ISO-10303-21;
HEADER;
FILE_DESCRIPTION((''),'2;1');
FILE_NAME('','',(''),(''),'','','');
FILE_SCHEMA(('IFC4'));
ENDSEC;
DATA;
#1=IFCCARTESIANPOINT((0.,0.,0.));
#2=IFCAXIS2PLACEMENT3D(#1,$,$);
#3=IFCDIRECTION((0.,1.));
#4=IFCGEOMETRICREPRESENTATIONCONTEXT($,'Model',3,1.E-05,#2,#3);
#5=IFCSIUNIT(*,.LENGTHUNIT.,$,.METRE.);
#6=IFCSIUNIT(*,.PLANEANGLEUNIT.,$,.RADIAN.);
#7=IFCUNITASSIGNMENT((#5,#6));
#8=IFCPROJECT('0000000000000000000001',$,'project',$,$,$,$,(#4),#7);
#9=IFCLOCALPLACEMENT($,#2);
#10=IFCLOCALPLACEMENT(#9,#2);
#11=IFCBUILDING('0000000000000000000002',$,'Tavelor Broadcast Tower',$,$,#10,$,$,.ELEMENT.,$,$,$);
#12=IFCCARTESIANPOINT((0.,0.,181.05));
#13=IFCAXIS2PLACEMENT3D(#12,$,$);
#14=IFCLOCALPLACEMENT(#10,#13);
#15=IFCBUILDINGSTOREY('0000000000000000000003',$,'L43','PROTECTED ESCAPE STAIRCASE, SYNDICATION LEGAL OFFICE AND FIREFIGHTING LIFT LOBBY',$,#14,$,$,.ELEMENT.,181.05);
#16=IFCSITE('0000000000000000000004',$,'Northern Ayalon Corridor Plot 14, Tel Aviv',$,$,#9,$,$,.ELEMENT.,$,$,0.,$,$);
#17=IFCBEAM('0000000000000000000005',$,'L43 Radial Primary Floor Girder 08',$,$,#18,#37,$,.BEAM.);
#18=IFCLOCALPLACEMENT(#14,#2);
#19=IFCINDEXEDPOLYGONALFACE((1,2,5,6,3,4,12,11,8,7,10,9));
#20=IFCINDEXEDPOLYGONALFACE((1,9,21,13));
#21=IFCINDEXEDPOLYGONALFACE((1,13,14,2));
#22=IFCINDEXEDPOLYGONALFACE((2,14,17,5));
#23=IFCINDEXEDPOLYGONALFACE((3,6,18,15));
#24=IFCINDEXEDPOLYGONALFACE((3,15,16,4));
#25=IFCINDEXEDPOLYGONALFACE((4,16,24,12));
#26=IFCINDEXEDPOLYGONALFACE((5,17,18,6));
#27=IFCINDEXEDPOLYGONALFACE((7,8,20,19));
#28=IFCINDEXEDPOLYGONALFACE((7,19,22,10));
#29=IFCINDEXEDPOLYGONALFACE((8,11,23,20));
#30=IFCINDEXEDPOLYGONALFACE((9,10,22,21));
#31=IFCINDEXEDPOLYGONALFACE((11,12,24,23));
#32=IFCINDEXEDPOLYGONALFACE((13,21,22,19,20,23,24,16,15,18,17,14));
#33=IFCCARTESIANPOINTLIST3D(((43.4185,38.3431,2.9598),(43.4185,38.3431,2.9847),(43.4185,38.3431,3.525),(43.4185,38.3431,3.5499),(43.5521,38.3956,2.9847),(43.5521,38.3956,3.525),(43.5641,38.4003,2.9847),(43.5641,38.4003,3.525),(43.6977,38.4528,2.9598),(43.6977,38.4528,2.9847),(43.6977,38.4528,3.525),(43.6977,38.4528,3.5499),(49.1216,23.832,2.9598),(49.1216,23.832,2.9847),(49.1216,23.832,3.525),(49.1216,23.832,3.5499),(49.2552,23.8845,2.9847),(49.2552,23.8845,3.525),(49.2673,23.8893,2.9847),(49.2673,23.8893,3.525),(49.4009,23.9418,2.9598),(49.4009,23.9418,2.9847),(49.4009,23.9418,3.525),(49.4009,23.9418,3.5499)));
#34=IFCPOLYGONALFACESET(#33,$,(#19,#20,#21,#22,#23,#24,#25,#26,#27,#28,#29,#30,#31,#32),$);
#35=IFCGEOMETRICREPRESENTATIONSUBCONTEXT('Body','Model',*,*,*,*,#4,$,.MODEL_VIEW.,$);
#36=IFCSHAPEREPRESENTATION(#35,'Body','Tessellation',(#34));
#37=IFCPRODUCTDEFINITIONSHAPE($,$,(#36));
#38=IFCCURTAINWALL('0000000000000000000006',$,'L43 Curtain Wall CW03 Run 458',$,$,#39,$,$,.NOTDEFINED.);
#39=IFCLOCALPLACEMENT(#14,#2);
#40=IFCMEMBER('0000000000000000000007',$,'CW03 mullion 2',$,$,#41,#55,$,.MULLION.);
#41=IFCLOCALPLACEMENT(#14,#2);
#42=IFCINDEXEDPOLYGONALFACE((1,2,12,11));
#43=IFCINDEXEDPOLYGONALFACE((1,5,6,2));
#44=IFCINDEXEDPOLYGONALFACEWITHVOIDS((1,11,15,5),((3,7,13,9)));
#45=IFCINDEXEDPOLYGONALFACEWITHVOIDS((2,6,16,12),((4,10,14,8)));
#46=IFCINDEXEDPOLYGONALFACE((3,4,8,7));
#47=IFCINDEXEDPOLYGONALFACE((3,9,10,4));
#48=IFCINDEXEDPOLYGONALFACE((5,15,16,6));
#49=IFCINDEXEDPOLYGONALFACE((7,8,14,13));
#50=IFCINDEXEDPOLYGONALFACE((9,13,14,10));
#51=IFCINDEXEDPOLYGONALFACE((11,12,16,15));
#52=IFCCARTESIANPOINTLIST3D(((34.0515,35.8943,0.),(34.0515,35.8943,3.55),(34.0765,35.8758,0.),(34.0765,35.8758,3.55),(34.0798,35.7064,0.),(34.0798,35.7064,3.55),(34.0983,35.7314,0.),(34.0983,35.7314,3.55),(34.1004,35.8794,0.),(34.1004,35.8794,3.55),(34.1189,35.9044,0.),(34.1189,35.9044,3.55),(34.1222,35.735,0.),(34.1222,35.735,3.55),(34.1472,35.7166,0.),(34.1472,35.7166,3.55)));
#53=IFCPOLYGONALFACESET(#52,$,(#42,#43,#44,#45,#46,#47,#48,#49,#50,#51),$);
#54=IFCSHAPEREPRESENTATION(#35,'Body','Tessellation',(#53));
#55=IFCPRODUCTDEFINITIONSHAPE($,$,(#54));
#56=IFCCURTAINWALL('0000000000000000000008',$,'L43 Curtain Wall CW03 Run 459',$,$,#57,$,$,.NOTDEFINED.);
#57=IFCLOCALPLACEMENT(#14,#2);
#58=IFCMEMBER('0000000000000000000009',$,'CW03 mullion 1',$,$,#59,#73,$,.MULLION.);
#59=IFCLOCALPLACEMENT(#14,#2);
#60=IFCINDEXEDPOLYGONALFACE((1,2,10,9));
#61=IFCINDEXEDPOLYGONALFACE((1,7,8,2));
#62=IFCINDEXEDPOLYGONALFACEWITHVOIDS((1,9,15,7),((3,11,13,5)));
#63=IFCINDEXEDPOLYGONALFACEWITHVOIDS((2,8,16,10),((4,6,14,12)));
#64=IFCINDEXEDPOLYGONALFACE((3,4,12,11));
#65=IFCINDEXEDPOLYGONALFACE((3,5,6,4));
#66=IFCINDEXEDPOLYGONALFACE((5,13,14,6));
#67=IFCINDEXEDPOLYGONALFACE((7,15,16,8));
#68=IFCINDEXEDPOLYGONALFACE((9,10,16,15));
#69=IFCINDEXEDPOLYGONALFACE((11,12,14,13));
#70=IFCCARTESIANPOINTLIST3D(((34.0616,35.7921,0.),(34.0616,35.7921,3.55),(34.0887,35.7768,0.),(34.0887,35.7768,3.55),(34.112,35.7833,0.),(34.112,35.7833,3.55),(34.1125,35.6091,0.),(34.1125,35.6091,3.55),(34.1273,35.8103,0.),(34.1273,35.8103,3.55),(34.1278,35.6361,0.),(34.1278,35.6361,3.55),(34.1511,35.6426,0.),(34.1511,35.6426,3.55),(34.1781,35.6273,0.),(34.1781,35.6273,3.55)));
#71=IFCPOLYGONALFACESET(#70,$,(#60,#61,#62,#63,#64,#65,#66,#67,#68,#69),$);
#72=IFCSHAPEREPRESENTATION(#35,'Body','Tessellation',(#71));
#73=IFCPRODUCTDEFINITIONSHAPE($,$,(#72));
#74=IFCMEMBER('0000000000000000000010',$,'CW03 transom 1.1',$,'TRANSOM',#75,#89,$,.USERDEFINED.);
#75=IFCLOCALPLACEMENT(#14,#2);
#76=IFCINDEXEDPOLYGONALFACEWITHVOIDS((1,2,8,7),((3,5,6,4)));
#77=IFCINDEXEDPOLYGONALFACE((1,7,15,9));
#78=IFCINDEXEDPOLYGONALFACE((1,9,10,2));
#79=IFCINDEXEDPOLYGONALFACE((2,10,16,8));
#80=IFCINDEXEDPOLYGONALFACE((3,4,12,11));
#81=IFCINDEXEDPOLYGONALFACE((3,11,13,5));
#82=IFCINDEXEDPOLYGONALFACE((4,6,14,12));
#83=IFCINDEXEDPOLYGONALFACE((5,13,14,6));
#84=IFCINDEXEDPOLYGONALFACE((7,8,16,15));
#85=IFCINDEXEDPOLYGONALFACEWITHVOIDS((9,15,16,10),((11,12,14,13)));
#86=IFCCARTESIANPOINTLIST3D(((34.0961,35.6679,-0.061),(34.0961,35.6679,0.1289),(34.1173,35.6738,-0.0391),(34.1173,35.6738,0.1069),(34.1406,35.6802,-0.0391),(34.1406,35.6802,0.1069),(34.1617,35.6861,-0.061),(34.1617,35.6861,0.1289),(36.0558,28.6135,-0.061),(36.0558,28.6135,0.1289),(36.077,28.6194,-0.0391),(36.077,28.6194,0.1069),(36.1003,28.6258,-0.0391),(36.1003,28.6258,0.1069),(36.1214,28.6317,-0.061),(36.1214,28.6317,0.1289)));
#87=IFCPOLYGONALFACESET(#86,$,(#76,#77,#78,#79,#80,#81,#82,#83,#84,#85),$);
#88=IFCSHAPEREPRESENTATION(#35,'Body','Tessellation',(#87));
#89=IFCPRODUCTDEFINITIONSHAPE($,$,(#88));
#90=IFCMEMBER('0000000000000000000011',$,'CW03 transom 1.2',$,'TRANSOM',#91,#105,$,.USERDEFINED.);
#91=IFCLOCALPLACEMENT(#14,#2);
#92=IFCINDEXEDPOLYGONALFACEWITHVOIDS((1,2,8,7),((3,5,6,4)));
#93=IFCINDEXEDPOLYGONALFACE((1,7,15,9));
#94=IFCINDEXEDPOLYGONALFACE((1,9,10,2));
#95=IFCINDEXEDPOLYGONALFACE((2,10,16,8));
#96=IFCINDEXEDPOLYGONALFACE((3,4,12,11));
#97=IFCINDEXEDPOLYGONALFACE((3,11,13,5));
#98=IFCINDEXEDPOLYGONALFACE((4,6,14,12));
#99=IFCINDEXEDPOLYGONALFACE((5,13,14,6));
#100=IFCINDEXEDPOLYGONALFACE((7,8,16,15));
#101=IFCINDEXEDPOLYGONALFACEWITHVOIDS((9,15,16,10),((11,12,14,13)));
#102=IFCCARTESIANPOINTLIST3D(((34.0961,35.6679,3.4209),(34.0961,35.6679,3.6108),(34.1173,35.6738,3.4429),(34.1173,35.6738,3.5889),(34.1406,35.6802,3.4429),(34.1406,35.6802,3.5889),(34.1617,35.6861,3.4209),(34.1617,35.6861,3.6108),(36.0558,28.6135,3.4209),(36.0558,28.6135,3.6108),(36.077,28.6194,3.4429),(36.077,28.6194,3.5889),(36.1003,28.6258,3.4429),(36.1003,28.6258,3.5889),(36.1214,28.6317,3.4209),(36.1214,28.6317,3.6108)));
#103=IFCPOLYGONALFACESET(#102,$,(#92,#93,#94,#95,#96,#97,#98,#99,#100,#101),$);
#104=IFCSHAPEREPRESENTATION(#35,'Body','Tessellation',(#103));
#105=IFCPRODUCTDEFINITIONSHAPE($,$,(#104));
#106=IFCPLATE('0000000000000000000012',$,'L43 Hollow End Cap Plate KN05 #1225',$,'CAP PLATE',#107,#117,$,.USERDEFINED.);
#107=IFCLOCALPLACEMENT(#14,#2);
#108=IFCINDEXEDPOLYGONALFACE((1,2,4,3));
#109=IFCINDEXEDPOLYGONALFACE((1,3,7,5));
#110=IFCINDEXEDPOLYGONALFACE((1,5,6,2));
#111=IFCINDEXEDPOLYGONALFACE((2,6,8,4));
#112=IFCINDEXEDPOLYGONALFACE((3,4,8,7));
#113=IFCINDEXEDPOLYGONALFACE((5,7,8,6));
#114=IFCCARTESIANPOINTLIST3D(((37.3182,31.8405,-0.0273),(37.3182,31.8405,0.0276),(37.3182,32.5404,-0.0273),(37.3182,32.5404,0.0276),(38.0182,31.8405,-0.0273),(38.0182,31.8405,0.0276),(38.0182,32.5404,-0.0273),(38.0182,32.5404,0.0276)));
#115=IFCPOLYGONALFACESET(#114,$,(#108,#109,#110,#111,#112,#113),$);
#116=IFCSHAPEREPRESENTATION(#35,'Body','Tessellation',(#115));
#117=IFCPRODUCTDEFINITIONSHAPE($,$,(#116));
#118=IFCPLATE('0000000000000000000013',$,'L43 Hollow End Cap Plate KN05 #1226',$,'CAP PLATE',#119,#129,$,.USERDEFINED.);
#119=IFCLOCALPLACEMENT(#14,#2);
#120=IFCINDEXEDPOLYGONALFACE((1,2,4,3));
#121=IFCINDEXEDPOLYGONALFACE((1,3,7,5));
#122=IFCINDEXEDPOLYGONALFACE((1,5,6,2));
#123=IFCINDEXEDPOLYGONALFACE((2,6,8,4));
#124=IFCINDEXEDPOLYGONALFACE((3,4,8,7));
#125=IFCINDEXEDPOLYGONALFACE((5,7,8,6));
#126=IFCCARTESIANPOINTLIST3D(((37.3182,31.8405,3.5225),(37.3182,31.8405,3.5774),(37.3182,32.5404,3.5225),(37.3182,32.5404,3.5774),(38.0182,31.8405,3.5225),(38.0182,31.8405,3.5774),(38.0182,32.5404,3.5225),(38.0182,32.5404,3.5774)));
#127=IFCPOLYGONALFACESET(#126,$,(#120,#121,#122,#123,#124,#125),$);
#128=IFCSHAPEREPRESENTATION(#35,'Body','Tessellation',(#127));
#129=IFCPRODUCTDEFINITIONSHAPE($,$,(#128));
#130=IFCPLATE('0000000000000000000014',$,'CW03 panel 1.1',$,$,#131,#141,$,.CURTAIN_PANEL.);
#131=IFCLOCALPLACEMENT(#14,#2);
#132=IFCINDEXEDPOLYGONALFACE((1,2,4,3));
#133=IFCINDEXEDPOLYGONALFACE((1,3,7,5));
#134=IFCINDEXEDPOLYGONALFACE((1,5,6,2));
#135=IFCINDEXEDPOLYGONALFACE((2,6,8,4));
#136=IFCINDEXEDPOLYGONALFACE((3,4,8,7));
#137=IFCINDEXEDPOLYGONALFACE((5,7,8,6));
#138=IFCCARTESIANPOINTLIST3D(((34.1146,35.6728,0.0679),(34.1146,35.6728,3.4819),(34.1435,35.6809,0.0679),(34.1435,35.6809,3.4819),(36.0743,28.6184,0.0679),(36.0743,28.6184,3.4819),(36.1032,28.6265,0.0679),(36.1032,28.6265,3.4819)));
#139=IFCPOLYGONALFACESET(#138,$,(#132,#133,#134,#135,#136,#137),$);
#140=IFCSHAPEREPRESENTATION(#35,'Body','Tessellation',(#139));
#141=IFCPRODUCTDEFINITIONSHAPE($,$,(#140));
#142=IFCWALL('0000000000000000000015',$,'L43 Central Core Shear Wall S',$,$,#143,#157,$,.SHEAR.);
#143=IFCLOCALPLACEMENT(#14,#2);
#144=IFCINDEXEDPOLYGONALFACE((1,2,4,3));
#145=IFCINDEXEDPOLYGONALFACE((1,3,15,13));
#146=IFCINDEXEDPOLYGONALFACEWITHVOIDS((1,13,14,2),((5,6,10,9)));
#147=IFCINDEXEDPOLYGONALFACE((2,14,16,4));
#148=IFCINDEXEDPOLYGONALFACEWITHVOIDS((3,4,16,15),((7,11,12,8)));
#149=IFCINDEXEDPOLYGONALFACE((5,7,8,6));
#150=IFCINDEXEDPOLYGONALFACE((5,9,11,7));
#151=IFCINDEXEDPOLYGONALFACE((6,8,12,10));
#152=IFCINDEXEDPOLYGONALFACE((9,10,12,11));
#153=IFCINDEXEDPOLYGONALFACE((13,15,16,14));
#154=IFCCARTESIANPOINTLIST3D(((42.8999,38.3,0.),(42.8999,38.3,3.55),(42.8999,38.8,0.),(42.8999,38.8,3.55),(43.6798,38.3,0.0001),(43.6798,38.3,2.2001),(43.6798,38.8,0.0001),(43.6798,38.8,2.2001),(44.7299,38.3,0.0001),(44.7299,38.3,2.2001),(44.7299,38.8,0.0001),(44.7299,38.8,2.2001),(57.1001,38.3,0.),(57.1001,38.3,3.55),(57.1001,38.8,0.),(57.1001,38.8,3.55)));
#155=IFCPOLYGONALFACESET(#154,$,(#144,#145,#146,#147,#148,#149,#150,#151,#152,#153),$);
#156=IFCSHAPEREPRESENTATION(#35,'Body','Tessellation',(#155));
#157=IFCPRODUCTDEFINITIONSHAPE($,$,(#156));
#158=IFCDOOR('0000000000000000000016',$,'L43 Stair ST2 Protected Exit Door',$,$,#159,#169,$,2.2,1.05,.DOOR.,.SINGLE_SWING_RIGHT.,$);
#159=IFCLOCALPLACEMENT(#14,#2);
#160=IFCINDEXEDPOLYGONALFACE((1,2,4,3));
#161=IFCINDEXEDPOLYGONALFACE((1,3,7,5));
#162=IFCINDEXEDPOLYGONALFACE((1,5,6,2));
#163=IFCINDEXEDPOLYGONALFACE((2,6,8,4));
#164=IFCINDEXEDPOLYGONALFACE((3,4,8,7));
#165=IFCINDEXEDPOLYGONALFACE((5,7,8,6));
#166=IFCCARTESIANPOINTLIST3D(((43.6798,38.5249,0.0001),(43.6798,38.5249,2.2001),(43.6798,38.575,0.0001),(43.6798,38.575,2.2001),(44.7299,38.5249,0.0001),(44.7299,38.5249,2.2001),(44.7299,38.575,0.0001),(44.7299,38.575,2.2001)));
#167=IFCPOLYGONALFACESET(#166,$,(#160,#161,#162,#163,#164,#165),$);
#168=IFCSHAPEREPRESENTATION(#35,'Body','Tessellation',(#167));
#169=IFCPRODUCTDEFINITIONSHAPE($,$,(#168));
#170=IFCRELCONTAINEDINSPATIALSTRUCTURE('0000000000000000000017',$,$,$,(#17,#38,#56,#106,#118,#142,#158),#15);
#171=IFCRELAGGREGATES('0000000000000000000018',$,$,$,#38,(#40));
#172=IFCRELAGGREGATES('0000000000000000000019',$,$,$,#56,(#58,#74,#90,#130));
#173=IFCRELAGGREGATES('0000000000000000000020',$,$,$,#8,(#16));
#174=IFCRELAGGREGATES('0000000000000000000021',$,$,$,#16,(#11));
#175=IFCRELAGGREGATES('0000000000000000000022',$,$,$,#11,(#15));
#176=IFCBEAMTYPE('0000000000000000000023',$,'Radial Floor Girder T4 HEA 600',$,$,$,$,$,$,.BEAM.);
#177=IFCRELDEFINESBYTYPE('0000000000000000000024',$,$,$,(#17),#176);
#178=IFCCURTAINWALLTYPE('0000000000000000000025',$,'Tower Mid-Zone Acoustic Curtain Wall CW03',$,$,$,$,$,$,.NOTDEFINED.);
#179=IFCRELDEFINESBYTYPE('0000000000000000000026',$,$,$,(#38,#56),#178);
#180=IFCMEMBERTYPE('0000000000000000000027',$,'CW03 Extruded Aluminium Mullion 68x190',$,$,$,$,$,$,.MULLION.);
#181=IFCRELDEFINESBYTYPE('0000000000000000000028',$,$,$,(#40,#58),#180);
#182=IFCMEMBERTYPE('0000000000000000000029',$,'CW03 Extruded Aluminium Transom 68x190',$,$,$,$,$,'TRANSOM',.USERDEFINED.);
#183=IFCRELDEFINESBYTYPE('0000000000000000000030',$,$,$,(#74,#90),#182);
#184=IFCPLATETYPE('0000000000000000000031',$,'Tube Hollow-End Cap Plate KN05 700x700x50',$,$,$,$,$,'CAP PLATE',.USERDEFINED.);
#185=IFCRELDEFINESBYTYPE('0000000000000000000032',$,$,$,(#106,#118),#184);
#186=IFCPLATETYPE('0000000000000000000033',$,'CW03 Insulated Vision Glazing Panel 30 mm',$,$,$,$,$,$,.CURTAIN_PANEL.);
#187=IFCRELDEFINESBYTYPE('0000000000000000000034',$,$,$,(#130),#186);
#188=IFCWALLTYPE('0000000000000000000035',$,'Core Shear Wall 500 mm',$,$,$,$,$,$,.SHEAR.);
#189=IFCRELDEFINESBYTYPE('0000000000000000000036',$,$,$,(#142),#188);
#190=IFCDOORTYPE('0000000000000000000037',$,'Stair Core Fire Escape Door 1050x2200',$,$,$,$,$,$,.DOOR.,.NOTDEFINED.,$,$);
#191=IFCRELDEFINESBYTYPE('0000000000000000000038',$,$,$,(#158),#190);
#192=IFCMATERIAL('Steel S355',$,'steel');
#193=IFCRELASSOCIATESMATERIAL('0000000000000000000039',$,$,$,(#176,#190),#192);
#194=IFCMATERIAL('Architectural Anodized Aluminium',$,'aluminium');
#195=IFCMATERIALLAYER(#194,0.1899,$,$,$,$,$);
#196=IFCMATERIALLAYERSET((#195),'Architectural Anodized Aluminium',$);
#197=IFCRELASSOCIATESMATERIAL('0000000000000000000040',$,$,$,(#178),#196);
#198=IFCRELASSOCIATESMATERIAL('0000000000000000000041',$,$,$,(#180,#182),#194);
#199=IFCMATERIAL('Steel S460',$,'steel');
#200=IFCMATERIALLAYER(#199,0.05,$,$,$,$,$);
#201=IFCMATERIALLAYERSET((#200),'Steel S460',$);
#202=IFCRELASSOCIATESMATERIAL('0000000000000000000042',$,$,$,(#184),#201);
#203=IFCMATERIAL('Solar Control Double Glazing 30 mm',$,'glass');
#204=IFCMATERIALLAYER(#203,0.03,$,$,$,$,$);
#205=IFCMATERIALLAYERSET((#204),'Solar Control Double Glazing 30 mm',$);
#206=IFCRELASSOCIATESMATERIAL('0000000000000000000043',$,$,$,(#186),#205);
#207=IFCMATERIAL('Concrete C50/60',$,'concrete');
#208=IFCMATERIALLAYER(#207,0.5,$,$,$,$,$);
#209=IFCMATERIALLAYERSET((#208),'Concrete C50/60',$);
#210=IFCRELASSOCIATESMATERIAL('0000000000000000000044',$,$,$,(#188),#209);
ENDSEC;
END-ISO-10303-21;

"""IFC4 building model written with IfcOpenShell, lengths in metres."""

from ifc_helpers import new_model, si_unit, direction, frame, frame_2d, origin, origin_2d, place, context, subcontext, project, spatial, rectangle, hollow_rectangle, i_section, extrude, source, transform, mapped, material, layer, layer_set, material_profile, profile_set, type_object, type_shapes, element, fill, aggregate, save


model = new_model("IFC4")

# Units and contexts
model_context = context("Model", 3, precision=1e-05, world=origin(), true_north=direction((0.0, 1.0)))
body_context = subcontext(model_context, "Body", "Model", "MODEL_VIEW")
ifc_project = project(units=[si_unit("LENGTHUNIT", "METRE"), si_unit("PLANEANGLEUNIT", "RADIAN")], contexts=[model_context])

# Site, building, storey
site_placement = place(None, origin())
site = spatial("IfcSite", under=ifc_project, at=site_placement, Name="Northern Ayalon Corridor Plot 14, Tel Aviv", CompositionType="ELEMENT", RefElevation=0.0)
building_placement = place(site_placement, origin())
building = spatial("IfcBuilding", under=site, at=building_placement, Name="Tavelor Broadcast Tower", CompositionType="ELEMENT")
storey_placement = place(building_placement, frame((0.0, 0.0, 181.05)))
storey = spatial("IfcBuildingStorey", under=building, at=storey_placement, Name="L43", Description="PROTECTED ESCAPE STAIRCASE, SYNDICATION LEGAL OFFICE AND FIREFIGHTING LIFT LOBBY", CompositionType="ELEMENT", Elevation=181.05)

# Shared definitions
ifc_material_1 = material(Name="Steel S460", Category="steel")

# Beam
ifc_material_2 = material(Name="Steel S355", Category="steel")
ifc_material_profile_1 = material_profile(ifc_material_2, i_section(OverallWidth=0.3, OverallDepth=0.5901, WebThickness=0.0129, FlangeThickness=0.0249, at=origin_2d()), Name="HEA 600")
ifc_profile_set_1 = profile_set([ifc_material_profile_1], Name="Steel S355")
beam_type_1 = type_object("IfcBeamType", Name="Radial Floor Girder T4 HEA 600", PredefinedType="BEAM", material=ifc_profile_set_1)
beam_1_placement = place(storey_placement, frame((43.5581, 38.3979, 3.2549), z_axis=(0.365785, -0.9307, 0.0), x_axis=(0.9307, 0.365785, 0.0)))
element("IfcBeam", 1, at=beam_1_placement, inside=storey, type_object=beam_type_1, Name="L43 Radial Primary Floor Girder 08", PredefinedType="BEAM", context=body_context, shape_type="SweptSolid", body=[
    extrude(i_section(OverallWidth=0.3, OverallDepth=0.5901, WebThickness=0.0129, FlangeThickness=0.0249, at=origin_2d()), origin(), (0.0, 0.0, 1.0), 15.5916),
])

# Curtain wall, member
ifc_material_3 = material(Name="Architectural Anodized Aluminium", Category="aluminium")
ifc_layer_1 = layer(ifc_material_3, 0.1899)
ifc_layer_set_1 = layer_set([ifc_layer_1], Name="Architectural Anodized Aluminium")
curtain_wall_type = type_object("IfcCurtainWallType", Name="Tower Mid-Zone Acoustic Curtain Wall CW03", PredefinedType="NOTDEFINED", material=ifc_layer_set_1)
curtain_wall_1_placement = place(storey_placement, origin())
curtain_wall_1 = element("IfcCurtainWall", 2, at=curtain_wall_1_placement, inside=storey, type_object=curtain_wall_type, Name="L43 Curtain Wall CW03 Run 458", PredefinedType="NOTDEFINED")
ifc_material_profile_2 = material_profile(ifc_material_3, hollow_rectangle(XDim=0.0681, YDim=0.1899, WallThickness=0.022, at=origin_2d()), Name="RHS 68x190x22")
ifc_profile_set_2 = profile_set([ifc_material_profile_2], Name="Architectural Anodized Aluminium")
member_type_1 = type_object("IfcMemberType", Name="CW03 Extruded Aluminium Mullion 68x190", PredefinedType="MULLION", material=ifc_profile_set_2)
shared_shape_1 = source(origin(), body_context, "Body", "SweptSolid", [
    extrude(hollow_rectangle(XDim=0.0681, YDim=0.1899, WallThickness=0.022, at=origin_2d()), origin(), (0.0, 0.0, 1.0), 3.55),
])
type_shapes(member_type_1, [shared_shape_1])
member_1_placement = place(storey_placement, frame((34.0994, 35.8054, 0.0), z_axis=(0.0, 0.0, 1.0), x_axis=(0.98882, 0.149112, 0.0)))
member_1 = element("IfcMember", 3, at=member_1_placement, type_object=member_type_1, Name="CW03 mullion 2", PredefinedType="MULLION", context=body_context, shape_type="MappedRepresentation", body=[
    mapped(shared_shape_1, transform((0.0, 0.0, 0.0), scale=1.0)),
])
aggregate(curtain_wall_1, [member_1])

# Curtain wall, members
curtain_wall_2_placement = place(storey_placement, origin())
curtain_wall_2 = element("IfcCurtainWall", 4, at=curtain_wall_2_placement, inside=storey, type_object=curtain_wall_type, Name="L43 Curtain Wall CW03 Run 459", PredefinedType="NOTDEFINED")
member_2_placement = place(storey_placement, frame((34.1199, 35.7097, 0.0), z_axis=(0.0, 0.0, 1.0), x_axis=(0.963513, 0.267663, 0.0)))
member_2 = element("IfcMember", 5, at=member_2_placement, type_object=member_type_1, Name="CW03 mullion 1", PredefinedType="MULLION", context=body_context, shape_type="MappedRepresentation", body=[
    mapped(shared_shape_1, transform((0.0, 0.0, 0.0), scale=1.0)),
])
ifc_material_profile_3 = material_profile(ifc_material_3, hollow_rectangle(XDim=0.0681, YDim=0.1899, WallThickness=0.022, at=origin_2d()), Name="RHS 68x190x22")
ifc_profile_set_3 = profile_set([ifc_material_profile_3], Name="Architectural Anodized Aluminium")
member_type_2 = type_object("IfcMemberType", Name="CW03 Extruded Aluminium Transom 68x190", ElementType="TRANSOM", PredefinedType="USERDEFINED", material=ifc_profile_set_3)
shared_shape_2 = source(origin(), body_context, "Body", "SweptSolid", [
    extrude(hollow_rectangle(XDim=0.0681, YDim=0.1899, WallThickness=0.022, at=origin_2d()), origin(), (0.0, 0.0, 1.0), 7.3215),
])
type_shapes(member_type_2, [shared_shape_2])
member_3_placement = place(storey_placement, frame((34.1289, 35.677, 0.0339), z_axis=(0.267663, -0.963513, 0.0), x_axis=(0.963513, 0.267663, 0.0)))
member_3 = element("IfcMember", 6, at=member_3_placement, type_object=member_type_2, Name="CW03 transom 1.1", ObjectType="TRANSOM", PredefinedType="USERDEFINED", context=body_context, shape_type="MappedRepresentation", body=[
    mapped(shared_shape_2, transform((0.0, 0.0, 0.0), scale=1.0)),
])
member_4_placement = place(storey_placement, frame((34.1289, 35.677, 3.5159), z_axis=(0.267663, -0.963513, 0.0), x_axis=(0.963513, 0.267663, 0.0)))
member_4 = element("IfcMember", 7, at=member_4_placement, type_object=member_type_2, Name="CW03 transom 1.2", ObjectType="TRANSOM", PredefinedType="USERDEFINED", context=body_context, shape_type="MappedRepresentation", body=[
    mapped(shared_shape_2, transform((0.0, 0.0, 0.0), scale=1.0)),
])

# Plates
ifc_layer_2 = layer(ifc_material_1, 0.05)
ifc_layer_set_2 = layer_set([ifc_layer_2], Name="Steel S460")
plate_type_1 = type_object("IfcPlateType", Name="Tube Hollow-End Cap Plate KN05 700x700x50", ElementType="CAP PLATE", PredefinedType="USERDEFINED", material=ifc_layer_set_2)
shared_shape_3 = source(origin(), body_context, "Body", "SweptSolid", [
    extrude(rectangle(XDim=0.7, YDim=0.7, at=origin_2d()), origin(), (0.0, 0.0, 1.0), 0.0549),
])
type_shapes(plate_type_1, [shared_shape_3])
for number, where, z_axis, x_axis, name in (
    (8, (37.6682, 32.1904, -0.0273), (0.0, 0.0, 1.0), (1.0, 0.0, 0.0), "L43 Hollow End Cap Plate KN05 #1225"),
    (9, (37.6682, 32.1904, 3.5225), (0.0, 0.0, 1.0), (1.0, 0.0, 0.0), "L43 Hollow End Cap Plate KN05 #1226"),
):
    element("IfcPlate", number, at=place(storey_placement, frame(where, z_axis=z_axis, x_axis=x_axis)), inside=storey, type_object=plate_type_1, Name=name, ObjectType="CAP PLATE", PredefinedType="USERDEFINED", context=body_context, shape_type="MappedRepresentation", body=[
        mapped(shared_shape_3, transform((0.0, 0.0, 0.0), scale=1.0)),
    ])

# Plate
ifc_material_4 = material(Name="Solar Control Double Glazing 30 mm", Category="glass")
ifc_layer_3 = layer(ifc_material_4, 0.03)
ifc_layer_set_3 = layer_set([ifc_layer_3], Name="Solar Control Double Glazing 30 mm")
plate_type_2 = type_object("IfcPlateType", Name="CW03 Insulated Vision Glazing Panel 30 mm", PredefinedType="CURTAIN_PANEL", material=ifc_layer_set_3)
shared_shape_4 = source(origin(), body_context, "Body", "SweptSolid", [
    extrude(rectangle(XDim=7.3215, YDim=0.03, at=origin_2d()), origin(), (0.0, 0.0, 1.0), 3.4141),
])
type_shapes(plate_type_2, [shared_shape_4])
plate_placement = place(storey_placement, frame((35.1089, 32.1497, 0.0679), z_axis=(0.0, 0.0, 1.0), x_axis=(0.267663, -0.963513, 0.0)))
plate = element("IfcPlate", 10, at=plate_placement, type_object=plate_type_2, Name="CW03 panel 1.1", PredefinedType="CURTAIN_PANEL", context=body_context, shape_type="MappedRepresentation", body=[
    mapped(shared_shape_4, transform((0.0, 0.0, 0.0), scale=1.0)),
])
aggregate(curtain_wall_2, [member_2, member_3, member_4, plate])

# Wall, opening, door
ifc_material_5 = material(Name="Concrete C50/60", Category="concrete")
ifc_layer_4 = layer(ifc_material_5, 0.5)
ifc_layer_set_4 = layer_set([ifc_layer_4], Name="Concrete C50/60")
wall_type_1 = type_object("IfcWallType", Name="Core Shear Wall 500 mm", PredefinedType="SHEAR", material=ifc_layer_set_4)
wall_1_placement = place(storey_placement, frame((42.8999, 38.55, 0.0), z_axis=(0.0, 0.0, 1.0), x_axis=(1.0, 0.0, 0.0)))
wall_1 = element("IfcWall", 11, at=wall_1_placement, inside=storey, type_object=wall_type_1, Name="L43 Central Core Shear Wall S", PredefinedType="SHEAR", context=body_context, shape_type="SweptSolid", body=[
    extrude(rectangle(XDim=14.2002, YDim=0.5, at=frame_2d((7.1001, 0.0))), origin(), (0.0, 0.0, 1.0), 3.55),
])
opening_1_placement = place(wall_1_placement, frame((0.78, 0.0, 0.0)))
opening_1 = element("IfcOpeningElement", 12, at=opening_1_placement, cuts=wall_1, PredefinedType="OPENING", context=body_context, shape_type="SweptSolid", body=[
    extrude(rectangle(XDim=1.05, YDim=2.2, at=frame_2d((0.5249, 1.1001))), frame((0.0, 0.26, 0.0), z_axis=(0.0, -1.0, 0.0), x_axis=(1.0, 0.0, 0.0)), (0.0, 0.0, 1.0), 0.52),
])
door_type_1 = type_object("IfcDoorType", Name="Stair Core Fire Escape Door 1050x2200", OperationType="NOTDEFINED", PredefinedType="DOOR", material=ifc_material_2)
door_1_placement = place(opening_1_placement, origin())
door_1 = element("IfcDoor", 13, at=door_1_placement, inside=storey, type_object=door_type_1, Name="L43 Stair ST2 Protected Exit Door", OperationType="SINGLE_SWING_RIGHT", OverallHeight=2.2, OverallWidth=1.05, PredefinedType="DOOR", context=body_context, shape_type="SweptSolid", body=[
    extrude(rectangle(XDim=1.05, YDim=2.2, at=frame_2d((0.5249, 1.1001))), frame((0.0, 0.0249, 0.0), z_axis=(0.0, -1.0, 0.0), x_axis=(1.0, 0.0, 0.0)), (0.0, 0.0, 1.0), 0.05),
])
fill(opening_1, door_1)

save(model, "model.ifc")
